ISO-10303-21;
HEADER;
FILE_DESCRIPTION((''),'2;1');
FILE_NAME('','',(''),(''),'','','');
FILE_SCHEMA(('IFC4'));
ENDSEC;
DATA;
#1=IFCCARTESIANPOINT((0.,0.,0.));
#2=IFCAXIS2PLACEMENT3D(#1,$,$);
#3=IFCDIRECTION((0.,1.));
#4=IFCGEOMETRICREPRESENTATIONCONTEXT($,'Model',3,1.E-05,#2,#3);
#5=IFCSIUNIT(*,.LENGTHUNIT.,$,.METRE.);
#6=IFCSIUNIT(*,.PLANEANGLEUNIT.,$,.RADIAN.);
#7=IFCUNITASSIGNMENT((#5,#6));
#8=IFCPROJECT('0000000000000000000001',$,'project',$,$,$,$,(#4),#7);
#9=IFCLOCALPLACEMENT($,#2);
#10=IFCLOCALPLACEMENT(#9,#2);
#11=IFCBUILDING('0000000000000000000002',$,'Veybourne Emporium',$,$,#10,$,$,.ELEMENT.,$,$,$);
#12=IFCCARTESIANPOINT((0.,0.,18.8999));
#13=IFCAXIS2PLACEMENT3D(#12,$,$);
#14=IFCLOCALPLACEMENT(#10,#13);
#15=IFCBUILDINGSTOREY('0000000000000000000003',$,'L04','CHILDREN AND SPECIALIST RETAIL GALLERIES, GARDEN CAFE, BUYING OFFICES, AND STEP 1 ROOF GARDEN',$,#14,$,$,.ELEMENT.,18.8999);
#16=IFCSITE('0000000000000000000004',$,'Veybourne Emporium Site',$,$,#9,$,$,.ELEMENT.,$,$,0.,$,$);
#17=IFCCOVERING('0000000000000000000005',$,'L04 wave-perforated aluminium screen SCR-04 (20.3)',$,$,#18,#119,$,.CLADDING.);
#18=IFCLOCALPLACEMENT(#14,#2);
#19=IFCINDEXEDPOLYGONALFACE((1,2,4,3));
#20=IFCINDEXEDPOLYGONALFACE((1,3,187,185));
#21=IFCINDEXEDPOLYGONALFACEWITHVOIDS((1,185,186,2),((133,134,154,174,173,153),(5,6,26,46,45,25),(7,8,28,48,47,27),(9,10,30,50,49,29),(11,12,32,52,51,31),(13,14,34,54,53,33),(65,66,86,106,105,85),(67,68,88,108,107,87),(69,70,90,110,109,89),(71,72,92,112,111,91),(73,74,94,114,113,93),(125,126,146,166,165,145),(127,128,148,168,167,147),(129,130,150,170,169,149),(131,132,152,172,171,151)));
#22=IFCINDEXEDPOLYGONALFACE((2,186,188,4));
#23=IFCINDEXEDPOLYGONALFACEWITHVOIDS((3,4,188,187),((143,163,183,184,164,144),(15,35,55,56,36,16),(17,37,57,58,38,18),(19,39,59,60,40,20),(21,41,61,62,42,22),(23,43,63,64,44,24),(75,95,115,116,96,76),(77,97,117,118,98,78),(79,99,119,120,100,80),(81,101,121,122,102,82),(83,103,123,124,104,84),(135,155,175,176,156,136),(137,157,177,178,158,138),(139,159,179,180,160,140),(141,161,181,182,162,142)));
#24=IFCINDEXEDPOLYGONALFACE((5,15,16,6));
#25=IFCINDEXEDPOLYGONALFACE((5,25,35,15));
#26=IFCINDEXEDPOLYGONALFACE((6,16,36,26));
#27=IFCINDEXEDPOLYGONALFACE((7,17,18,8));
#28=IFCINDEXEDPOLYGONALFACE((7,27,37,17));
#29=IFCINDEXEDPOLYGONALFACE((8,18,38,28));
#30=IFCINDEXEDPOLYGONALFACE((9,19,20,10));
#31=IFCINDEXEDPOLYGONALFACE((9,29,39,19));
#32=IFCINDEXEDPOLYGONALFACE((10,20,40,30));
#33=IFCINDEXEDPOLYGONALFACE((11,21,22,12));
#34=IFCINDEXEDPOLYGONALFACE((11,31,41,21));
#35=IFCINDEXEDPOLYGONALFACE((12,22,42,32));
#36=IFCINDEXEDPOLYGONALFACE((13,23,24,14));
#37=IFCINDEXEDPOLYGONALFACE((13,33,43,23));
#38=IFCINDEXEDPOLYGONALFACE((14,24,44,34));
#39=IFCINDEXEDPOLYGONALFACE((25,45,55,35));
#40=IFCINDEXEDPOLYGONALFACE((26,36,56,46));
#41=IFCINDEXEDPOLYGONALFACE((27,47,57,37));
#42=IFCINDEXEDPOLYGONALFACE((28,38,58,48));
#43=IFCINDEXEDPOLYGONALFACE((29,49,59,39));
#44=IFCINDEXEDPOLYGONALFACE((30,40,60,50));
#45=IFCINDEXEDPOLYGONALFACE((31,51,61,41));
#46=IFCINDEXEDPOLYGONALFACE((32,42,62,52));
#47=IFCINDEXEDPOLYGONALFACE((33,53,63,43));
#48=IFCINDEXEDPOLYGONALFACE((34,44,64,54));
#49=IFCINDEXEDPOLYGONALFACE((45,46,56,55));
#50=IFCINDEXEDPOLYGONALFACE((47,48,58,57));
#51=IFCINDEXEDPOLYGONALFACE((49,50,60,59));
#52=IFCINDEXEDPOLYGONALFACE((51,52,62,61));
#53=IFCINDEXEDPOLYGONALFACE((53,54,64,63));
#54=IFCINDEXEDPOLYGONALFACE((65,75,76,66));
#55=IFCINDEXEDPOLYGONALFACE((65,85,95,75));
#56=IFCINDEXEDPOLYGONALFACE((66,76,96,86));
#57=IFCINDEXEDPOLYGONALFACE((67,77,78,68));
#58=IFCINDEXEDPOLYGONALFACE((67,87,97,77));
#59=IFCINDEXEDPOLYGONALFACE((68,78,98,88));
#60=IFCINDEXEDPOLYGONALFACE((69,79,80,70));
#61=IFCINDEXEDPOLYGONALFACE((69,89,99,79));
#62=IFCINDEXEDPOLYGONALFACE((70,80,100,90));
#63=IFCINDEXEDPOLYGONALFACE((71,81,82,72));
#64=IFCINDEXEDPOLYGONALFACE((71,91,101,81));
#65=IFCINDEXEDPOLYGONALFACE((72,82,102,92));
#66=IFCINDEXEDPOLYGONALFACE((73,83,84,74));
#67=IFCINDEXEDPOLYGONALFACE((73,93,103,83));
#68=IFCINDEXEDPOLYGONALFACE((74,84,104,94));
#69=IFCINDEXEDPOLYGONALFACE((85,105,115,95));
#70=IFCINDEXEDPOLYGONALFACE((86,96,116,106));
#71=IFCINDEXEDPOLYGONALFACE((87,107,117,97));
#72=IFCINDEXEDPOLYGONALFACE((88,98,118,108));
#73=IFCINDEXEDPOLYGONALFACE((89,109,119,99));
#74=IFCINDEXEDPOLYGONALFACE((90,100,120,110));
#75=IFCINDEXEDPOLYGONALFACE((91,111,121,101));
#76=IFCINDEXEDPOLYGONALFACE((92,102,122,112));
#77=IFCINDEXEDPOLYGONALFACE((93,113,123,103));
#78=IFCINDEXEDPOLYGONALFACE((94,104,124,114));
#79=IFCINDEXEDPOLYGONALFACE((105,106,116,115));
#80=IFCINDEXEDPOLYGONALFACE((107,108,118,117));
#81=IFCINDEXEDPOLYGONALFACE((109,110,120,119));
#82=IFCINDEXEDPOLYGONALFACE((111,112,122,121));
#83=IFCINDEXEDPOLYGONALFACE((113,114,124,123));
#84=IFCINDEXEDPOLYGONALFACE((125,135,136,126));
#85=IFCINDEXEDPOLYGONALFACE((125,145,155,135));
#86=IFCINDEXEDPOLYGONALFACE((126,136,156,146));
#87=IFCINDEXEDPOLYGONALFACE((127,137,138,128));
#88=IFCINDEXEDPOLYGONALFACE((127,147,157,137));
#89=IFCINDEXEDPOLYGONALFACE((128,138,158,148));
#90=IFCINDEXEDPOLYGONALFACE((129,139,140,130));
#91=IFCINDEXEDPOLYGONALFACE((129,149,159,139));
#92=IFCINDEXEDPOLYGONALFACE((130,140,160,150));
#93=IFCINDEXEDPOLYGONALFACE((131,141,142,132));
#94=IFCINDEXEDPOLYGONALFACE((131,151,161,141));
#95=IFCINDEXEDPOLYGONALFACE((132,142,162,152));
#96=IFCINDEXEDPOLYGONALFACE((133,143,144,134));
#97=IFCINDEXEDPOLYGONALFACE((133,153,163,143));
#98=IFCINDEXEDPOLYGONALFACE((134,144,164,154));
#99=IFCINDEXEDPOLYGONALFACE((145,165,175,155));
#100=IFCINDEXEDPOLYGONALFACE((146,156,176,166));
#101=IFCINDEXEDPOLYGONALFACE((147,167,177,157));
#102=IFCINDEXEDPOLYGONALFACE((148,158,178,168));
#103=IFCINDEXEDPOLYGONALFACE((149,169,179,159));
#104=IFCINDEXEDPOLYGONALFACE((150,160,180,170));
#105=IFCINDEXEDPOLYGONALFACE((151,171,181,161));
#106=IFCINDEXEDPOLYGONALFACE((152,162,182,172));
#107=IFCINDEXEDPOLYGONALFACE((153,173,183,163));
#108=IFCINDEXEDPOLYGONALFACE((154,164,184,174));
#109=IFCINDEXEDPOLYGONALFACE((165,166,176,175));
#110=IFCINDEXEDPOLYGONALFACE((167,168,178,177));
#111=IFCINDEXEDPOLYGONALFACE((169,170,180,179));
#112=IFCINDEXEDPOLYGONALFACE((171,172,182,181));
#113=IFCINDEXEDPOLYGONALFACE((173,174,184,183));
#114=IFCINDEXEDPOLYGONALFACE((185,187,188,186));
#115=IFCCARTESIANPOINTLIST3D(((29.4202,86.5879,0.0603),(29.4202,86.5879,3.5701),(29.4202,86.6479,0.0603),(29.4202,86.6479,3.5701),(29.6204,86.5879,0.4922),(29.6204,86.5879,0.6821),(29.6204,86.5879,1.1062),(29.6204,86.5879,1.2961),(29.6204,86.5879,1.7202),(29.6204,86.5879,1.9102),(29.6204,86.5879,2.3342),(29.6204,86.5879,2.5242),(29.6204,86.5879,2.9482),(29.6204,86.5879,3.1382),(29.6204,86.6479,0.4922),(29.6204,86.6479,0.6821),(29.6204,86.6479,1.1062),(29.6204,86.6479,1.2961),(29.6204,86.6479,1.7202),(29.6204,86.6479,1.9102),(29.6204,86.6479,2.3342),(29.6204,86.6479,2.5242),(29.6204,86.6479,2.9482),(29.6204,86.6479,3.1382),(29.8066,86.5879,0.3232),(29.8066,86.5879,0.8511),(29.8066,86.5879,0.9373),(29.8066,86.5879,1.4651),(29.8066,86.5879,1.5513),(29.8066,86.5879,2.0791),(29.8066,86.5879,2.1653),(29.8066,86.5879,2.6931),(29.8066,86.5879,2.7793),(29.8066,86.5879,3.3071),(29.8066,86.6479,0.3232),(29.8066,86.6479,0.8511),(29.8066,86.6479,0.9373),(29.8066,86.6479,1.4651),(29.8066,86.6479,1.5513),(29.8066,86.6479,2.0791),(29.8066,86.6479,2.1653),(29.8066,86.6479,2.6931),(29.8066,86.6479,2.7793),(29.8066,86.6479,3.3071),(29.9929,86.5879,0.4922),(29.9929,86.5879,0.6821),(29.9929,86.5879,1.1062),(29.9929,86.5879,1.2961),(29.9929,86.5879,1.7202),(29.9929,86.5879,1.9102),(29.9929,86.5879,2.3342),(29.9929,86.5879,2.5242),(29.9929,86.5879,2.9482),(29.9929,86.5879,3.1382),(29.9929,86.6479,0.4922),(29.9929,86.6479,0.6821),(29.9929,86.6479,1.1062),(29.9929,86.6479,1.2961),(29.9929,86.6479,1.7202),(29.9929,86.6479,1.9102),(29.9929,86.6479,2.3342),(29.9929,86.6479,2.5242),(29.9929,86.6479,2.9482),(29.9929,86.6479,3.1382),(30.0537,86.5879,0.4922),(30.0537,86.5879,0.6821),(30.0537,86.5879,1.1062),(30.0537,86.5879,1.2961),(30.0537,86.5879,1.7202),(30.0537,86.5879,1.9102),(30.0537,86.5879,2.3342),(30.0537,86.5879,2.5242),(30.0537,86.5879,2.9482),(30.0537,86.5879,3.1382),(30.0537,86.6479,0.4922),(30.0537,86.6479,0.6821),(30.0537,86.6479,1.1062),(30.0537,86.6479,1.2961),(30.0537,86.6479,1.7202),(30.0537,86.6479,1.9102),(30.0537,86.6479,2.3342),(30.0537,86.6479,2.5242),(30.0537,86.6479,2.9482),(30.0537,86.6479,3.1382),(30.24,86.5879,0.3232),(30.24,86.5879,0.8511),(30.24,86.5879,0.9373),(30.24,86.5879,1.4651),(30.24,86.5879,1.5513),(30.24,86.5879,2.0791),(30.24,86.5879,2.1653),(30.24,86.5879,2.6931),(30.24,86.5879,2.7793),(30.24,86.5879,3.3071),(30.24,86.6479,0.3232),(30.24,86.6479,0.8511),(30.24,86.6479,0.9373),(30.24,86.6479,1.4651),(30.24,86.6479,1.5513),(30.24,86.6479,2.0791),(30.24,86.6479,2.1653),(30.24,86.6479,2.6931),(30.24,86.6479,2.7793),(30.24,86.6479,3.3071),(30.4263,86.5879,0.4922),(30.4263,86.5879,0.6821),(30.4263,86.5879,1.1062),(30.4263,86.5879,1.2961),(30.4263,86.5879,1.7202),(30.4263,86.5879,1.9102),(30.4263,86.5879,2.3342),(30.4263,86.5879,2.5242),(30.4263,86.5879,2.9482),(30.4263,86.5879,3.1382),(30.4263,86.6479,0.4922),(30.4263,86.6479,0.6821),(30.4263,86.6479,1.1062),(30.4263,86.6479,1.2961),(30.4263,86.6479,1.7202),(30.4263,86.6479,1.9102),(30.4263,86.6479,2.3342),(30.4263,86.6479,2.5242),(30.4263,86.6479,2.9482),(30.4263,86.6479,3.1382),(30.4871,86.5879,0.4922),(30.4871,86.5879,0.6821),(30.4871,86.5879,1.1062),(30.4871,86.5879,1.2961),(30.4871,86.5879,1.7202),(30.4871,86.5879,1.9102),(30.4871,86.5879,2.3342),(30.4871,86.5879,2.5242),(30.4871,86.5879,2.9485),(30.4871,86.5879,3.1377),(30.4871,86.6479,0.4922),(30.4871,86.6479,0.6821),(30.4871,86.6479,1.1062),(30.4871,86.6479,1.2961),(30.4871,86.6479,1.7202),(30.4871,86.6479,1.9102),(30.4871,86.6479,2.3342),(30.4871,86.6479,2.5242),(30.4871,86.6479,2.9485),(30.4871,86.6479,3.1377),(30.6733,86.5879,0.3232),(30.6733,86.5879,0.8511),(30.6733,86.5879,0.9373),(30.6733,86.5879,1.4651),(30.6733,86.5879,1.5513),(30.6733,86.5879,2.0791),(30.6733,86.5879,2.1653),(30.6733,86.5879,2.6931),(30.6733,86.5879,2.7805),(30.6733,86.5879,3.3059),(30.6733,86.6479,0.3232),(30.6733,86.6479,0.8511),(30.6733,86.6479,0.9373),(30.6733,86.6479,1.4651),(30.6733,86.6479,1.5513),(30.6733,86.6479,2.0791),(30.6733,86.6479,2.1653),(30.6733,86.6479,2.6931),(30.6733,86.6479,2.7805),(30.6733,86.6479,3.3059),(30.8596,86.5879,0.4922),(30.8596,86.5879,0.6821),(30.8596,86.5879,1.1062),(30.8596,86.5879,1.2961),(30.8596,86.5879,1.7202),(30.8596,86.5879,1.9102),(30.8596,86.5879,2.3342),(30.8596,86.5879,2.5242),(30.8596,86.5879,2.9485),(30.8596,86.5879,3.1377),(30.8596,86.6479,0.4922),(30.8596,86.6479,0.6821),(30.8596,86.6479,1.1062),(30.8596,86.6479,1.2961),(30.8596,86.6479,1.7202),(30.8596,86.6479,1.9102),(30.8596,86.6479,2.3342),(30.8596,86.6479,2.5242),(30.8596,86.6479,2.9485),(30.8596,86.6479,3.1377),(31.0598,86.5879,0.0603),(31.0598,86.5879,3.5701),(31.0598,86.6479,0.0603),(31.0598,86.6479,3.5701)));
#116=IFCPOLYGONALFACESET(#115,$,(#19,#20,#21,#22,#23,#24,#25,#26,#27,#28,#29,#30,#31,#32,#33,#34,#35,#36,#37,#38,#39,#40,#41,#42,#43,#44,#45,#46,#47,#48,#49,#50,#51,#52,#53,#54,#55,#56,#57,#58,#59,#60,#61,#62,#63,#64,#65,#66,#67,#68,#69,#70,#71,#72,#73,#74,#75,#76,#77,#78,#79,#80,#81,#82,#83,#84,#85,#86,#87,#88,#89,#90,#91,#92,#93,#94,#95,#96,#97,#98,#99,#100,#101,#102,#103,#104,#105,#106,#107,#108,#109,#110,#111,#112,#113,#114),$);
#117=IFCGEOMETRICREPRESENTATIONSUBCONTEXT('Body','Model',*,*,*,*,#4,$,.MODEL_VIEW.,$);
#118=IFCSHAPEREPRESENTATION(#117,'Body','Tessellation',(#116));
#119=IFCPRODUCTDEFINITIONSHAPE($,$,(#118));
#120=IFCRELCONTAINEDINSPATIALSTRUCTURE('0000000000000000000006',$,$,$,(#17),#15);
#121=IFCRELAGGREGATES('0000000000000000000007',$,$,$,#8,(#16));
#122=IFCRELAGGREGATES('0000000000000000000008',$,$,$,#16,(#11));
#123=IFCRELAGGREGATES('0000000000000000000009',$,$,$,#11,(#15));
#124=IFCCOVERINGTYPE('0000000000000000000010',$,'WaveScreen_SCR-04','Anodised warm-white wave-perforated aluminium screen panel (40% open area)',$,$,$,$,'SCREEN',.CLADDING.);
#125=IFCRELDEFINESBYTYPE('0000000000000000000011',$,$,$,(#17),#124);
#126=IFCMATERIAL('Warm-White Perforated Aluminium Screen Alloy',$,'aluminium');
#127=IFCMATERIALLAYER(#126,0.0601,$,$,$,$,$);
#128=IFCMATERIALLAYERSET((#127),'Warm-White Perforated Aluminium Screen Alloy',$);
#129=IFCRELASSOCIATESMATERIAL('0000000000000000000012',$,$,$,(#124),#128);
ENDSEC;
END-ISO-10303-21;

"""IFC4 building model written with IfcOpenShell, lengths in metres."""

from ifc_helpers import new_model, si_unit, direction, frame, origin, place, context, subcontext, project, spatial, polyline, outline, extrude, material, layer, layer_set, type_object, element, save


model = new_model("IFC4")

# Units and contexts
model_context = context("Model", 3, precision=1e-05, world=origin(), true_north=direction((0.0, 1.0)))
body_context = subcontext(model_context, "Body", "Model", "MODEL_VIEW")
ifc_project = project(units=[si_unit("LENGTHUNIT", "METRE"), si_unit("PLANEANGLEUNIT", "RADIAN")], contexts=[model_context])

# Site, building, storey
site_placement = place(None, origin())
site = spatial("IfcSite", under=ifc_project, at=site_placement, Name="Veybourne Emporium Site", CompositionType="ELEMENT", RefElevation=0.0)
building_placement = place(site_placement, origin())
building = spatial("IfcBuilding", under=site, at=building_placement, Name="Veybourne Emporium", CompositionType="ELEMENT")
storey_placement = place(building_placement, frame((0.0, 0.0, 18.8999)))
storey = spatial("IfcBuildingStorey", under=building, at=storey_placement, Name="L04", Description="CHILDREN AND SPECIALIST RETAIL GALLERIES, GARDEN CAFE, BUYING OFFICES, AND STEP 1 ROOF GARDEN", CompositionType="ELEMENT", Elevation=18.8999)

# Covering
ifc_material_1 = material(Name="Warm-White Perforated Aluminium Screen Alloy", Category="aluminium")
ifc_layer_1 = layer(ifc_material_1, 0.0601)
ifc_layer_set_1 = layer_set([ifc_layer_1], Name="Warm-White Perforated Aluminium Screen Alloy")
covering_type_1 = type_object("IfcCoveringType", Name="WaveScreen_SCR-04", Description="Anodised warm-white wave-perforated aluminium screen panel (40% open area)", ElementType="SCREEN", PredefinedType="CLADDING", material=ifc_layer_set_1)
covering_1_placement = place(storey_placement, frame((30.24, 86.6479, 1.8152), z_axis=(0.0, -1.0, 0.0), x_axis=(1.0, 0.0, 0.0)))
element("IfcCovering", 1, at=covering_1_placement, inside=storey, type_object=covering_type_1, Name="L04 wave-perforated aluminium screen SCR-04 (20.3)", PredefinedType="CLADDING", context=body_context, shape_type="SweptSolid", body=[
    extrude(outline(polyline([(-0.8198, -1.7549), (0.8198, -1.7549), (0.8198, 1.7549), (-0.8198, 1.7549), (-0.8198, -1.7549)]), holes=[polyline([(-0.4333, -0.9641), (-0.2471, -1.1331), (-0.2471, -1.323), (-0.4333, -1.4919), (-0.6196, -1.323), (-0.6196, -1.1331), (-0.4333, -0.9641)]), polyline([(-0.4333, -0.3501), (-0.2471, -0.519), (-0.2471, -0.709), (-0.4333, -0.8779), (-0.6196, -0.709), (-0.6196, -0.519), (-0.4333, -0.3501)]), polyline([(-0.4333, 0.2639), (-0.2471, 0.095), (-0.2471, -0.095), (-0.4333, -0.2639), (-0.6196, -0.095), (-0.6196, 0.095), (-0.4333, 0.2639)]), polyline([(-0.4333, 0.8779), (-0.2471, 0.709), (-0.2471, 0.519), (-0.4333, 0.3501), (-0.6196, 0.519), (-0.6196, 0.709), (-0.4333, 0.8779)]), polyline([(-0.4333, 1.4919), (-0.2471, 1.323), (-0.2471, 1.1331), (-0.4333, 0.9641), (-0.6196, 1.1331), (-0.6196, 1.323), (-0.4333, 1.4919)]), polyline([(0.0, -0.9641), (0.1863, -1.1331), (0.1863, -1.323), (0.0, -1.4919), (-0.1863, -1.323), (-0.1863, -1.1331), (0.0, -0.9641)]), polyline([(0.0, -0.3501), (0.1863, -0.519), (0.1863, -0.709), (0.0, -0.8779), (-0.1863, -0.709), (-0.1863, -0.519), (0.0, -0.3501)]), polyline([(0.0, 0.2639), (0.1863, 0.095), (0.1863, -0.095), (0.0, -0.2639), (-0.1863, -0.095), (-0.1863, 0.095), (0.0, 0.2639)]), polyline([(0.0, 0.8779), (0.1863, 0.709), (0.1863, 0.519), (0.0, 0.3501), (-0.1863, 0.519), (-0.1863, 0.709), (0.0, 0.8779)]), polyline([(0.0, 1.4919), (0.1863, 1.323), (0.1863, 1.1331), (0.0, 0.9641), (-0.1863, 1.1331), (-0.1863, 1.323), (0.0, 1.4919)]), polyline([(0.4333, -0.9641), (0.6196, -1.1331), (0.6196, -1.323), (0.4333, -1.4919), (0.2471, -1.323), (0.2471, -1.1331), (0.4333, -0.9641)]), polyline([(0.4333, -0.3501), (0.6196, -0.519), (0.6196, -0.709), (0.4333, -0.8779), (0.2471, -0.709), (0.2471, -0.519), (0.4333, -0.3501)]), polyline([(0.4333, 0.2639), (0.6196, 0.095), (0.6196, -0.095), (0.4333, -0.2639), (0.2471, -0.095), (0.2471, 0.095), (0.4333, 0.2639)]), polyline([(0.4333, 0.8779), (0.6196, 0.709), (0.6196, 0.519), (0.4333, 0.3501), (0.2471, 0.519), (0.2471, 0.709), (0.4333, 0.8779)]), polyline([(0.4333, 1.4907), (0.6196, 1.3225), (0.6196, 1.1333), (0.4333, 0.9653), (0.2471, 1.1333), (0.2471, 1.3225), (0.4333, 1.4907)])]), origin(), (0.0, 0.0, 1.0), 0.0601),
])

save(model, "model.ifc")
